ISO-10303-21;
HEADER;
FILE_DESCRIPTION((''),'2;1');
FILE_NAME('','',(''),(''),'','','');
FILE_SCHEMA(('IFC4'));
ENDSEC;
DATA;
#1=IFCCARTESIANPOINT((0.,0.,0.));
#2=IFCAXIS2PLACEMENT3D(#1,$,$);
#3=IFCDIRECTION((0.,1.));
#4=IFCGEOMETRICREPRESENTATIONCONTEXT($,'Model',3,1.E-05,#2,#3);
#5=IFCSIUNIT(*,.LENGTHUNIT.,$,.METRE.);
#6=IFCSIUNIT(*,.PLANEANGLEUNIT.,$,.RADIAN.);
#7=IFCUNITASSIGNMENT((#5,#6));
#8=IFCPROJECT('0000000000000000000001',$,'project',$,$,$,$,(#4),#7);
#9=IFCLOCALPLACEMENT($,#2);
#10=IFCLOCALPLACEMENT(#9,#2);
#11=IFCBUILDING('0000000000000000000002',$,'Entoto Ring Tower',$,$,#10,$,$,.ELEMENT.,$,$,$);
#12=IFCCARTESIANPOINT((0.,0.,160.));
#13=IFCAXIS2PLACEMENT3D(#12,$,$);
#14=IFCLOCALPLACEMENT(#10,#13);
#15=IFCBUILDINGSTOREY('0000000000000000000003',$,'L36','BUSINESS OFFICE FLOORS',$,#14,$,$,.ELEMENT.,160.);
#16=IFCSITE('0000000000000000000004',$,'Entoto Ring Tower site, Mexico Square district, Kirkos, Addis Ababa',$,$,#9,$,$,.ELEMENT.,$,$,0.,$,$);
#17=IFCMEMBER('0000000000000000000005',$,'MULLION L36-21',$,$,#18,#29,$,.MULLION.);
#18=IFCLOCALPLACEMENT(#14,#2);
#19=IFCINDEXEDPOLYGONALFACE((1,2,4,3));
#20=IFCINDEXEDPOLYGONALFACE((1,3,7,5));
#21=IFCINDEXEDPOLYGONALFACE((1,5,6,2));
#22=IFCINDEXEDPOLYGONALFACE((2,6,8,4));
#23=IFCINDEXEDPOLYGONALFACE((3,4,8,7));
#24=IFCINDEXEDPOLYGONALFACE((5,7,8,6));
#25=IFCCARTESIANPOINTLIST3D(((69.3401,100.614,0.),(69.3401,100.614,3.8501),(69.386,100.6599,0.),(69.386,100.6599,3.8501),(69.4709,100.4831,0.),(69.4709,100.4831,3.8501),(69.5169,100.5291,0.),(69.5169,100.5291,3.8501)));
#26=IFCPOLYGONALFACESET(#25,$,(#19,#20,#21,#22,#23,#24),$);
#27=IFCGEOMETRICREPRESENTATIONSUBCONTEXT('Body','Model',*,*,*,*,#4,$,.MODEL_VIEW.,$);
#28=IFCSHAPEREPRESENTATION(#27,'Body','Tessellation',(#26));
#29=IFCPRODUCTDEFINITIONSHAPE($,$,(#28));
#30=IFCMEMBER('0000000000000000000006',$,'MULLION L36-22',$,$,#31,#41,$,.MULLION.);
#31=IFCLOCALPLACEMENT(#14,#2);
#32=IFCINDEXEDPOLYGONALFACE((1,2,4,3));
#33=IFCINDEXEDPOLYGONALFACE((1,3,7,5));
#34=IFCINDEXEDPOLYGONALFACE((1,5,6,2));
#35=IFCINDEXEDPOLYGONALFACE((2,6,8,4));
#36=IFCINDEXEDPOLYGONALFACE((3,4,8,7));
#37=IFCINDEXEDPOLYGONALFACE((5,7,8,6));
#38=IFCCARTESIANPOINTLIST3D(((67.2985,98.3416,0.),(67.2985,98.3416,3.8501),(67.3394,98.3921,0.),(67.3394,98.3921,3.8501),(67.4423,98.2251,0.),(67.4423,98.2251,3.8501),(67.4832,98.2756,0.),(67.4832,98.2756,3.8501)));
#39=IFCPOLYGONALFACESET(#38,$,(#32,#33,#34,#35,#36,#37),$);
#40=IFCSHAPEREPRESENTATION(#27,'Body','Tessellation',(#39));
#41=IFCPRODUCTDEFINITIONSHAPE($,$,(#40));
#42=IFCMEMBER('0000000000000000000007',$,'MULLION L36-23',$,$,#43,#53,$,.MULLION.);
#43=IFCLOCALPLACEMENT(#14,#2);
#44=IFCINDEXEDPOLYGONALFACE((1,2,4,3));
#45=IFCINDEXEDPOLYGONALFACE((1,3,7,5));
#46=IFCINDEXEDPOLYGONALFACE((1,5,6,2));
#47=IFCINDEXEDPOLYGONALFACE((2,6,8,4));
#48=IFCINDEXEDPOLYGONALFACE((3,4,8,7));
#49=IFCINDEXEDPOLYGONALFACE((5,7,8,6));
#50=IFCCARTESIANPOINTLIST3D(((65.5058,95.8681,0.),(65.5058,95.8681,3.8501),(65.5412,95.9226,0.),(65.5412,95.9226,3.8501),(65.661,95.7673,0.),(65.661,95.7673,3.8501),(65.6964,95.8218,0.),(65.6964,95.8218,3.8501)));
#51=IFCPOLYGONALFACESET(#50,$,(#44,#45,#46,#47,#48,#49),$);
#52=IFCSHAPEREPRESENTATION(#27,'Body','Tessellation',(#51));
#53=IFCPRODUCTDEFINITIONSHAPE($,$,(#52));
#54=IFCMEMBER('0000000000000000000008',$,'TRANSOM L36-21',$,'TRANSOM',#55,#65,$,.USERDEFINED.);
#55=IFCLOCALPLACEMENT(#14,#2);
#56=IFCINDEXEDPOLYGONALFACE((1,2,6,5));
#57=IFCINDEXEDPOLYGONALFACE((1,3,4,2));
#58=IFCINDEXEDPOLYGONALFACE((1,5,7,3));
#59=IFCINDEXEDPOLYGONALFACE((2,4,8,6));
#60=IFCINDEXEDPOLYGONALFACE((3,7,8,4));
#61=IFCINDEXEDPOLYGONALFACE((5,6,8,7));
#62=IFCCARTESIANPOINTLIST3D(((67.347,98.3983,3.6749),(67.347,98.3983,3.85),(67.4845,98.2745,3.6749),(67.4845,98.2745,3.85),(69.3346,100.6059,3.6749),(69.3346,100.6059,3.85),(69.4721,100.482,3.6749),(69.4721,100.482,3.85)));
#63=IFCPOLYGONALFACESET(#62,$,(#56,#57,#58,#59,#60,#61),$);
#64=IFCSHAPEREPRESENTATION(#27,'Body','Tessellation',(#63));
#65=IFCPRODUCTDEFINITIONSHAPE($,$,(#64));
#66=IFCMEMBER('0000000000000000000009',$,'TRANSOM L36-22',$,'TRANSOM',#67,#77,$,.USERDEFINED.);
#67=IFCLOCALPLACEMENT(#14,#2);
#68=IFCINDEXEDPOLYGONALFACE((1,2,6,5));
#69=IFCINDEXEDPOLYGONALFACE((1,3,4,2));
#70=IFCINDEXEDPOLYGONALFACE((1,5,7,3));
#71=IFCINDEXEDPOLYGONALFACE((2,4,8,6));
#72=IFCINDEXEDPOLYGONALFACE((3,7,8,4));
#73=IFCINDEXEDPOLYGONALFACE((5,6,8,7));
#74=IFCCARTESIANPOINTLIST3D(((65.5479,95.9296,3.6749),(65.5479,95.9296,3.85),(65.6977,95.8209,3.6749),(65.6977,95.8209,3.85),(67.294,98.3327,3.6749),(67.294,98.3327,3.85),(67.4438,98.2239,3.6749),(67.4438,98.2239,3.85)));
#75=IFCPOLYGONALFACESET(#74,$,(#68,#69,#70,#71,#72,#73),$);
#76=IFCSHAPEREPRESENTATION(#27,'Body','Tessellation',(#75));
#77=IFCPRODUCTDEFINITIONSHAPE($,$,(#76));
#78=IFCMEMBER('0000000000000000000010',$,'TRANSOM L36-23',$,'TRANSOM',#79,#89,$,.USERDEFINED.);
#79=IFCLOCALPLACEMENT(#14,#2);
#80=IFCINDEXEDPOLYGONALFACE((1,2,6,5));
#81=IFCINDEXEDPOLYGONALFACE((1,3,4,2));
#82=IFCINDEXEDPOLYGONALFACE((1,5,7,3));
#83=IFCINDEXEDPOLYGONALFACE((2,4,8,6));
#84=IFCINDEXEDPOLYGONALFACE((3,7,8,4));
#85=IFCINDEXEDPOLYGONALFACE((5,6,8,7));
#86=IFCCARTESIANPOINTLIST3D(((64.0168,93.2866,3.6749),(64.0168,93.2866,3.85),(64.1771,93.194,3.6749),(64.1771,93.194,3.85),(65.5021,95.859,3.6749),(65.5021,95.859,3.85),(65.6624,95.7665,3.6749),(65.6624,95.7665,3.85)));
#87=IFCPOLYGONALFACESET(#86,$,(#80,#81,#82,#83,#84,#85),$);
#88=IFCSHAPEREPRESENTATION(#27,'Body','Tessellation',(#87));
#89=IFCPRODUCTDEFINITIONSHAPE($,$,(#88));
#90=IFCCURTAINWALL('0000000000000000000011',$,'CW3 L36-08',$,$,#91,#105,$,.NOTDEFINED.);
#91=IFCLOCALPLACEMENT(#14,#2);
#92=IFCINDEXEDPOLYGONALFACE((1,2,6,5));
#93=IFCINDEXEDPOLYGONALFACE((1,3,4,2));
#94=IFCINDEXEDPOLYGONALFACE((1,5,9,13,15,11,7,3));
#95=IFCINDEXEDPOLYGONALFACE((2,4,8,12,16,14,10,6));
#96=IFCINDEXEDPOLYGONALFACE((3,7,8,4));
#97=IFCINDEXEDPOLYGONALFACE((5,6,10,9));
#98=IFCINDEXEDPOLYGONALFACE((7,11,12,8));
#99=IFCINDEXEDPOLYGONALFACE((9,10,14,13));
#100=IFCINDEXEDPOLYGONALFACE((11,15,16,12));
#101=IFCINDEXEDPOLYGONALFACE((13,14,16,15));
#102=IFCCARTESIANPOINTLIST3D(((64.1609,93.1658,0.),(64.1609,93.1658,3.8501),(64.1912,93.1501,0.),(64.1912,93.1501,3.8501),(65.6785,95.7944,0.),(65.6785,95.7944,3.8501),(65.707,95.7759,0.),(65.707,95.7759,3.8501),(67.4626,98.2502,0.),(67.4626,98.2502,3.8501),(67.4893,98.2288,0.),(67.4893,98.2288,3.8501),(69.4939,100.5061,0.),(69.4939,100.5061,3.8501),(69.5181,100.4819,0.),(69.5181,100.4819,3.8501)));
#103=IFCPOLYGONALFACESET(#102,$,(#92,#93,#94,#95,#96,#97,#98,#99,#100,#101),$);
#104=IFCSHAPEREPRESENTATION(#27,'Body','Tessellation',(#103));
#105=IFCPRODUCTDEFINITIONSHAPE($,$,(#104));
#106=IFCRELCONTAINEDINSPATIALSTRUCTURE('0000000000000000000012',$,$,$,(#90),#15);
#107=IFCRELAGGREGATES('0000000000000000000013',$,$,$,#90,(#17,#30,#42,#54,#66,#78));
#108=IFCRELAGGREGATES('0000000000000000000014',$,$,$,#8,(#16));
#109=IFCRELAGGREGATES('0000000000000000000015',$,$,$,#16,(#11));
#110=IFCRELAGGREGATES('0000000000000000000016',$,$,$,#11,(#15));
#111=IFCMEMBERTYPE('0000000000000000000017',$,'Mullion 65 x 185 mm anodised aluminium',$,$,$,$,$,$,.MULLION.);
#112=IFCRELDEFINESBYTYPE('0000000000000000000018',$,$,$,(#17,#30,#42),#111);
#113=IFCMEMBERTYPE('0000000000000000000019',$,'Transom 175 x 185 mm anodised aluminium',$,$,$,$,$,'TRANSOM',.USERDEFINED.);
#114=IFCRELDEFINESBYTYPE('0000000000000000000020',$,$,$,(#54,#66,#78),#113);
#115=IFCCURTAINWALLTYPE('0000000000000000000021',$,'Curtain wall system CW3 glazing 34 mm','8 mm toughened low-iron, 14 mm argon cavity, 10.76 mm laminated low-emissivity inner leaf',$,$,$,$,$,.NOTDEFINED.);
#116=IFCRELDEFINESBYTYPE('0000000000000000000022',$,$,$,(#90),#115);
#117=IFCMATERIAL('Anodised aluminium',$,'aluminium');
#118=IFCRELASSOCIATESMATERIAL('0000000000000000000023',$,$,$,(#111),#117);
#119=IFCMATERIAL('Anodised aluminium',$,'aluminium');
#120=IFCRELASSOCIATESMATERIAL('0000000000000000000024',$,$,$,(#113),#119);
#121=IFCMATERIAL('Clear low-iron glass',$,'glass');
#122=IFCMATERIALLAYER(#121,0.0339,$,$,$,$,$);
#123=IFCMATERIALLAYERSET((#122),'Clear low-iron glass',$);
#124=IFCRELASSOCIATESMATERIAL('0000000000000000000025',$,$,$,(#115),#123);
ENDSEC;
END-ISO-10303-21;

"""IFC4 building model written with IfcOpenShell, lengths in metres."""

from ifc_helpers import new_model, si_unit, direction, frame, origin, origin_2d, place, context, subcontext, project, spatial, polyline, rectangle, outline, extrude, material, layer, layer_set, material_profile, profile_set, type_object, element, aggregate, save


model = new_model("IFC4")

# Units and contexts
model_context = context("Model", 3, precision=1e-05, world=origin(), true_north=direction((0.0, 1.0)))
body_context = subcontext(model_context, "Body", "Model", "MODEL_VIEW")
ifc_project = project(units=[si_unit("LENGTHUNIT", "METRE"), si_unit("PLANEANGLEUNIT", "RADIAN")], contexts=[model_context])

# Members
ifc_material_1 = material(Name="Anodised aluminium", Category="aluminium")
ifc_material_profile_1 = material_profile(ifc_material_1, rectangle(XDim=0.0649, YDim=0.1851, at=origin_2d()), Name="Mullion 65 x 185 mm anodised aluminium")
ifc_profile_set_1 = profile_set([ifc_material_profile_1], Name="Anodised aluminium")
member_type_1 = type_object("IfcMemberType", Name="Mullion 65 x 185 mm anodised aluminium", PredefinedType="MULLION", material=ifc_profile_set_1)
site_placement = place(None, origin())
building_placement = place(site_placement, origin())
storey_placement = place(building_placement, frame((0.0, 0.0, 160.0)))
member_1_placement = place(storey_placement, frame((69.4285, 100.5715, 0.0), z_axis=(0.0, 0.0, 1.0), x_axis=(-0.707107, -0.707107, 0.0)))
member_1 = element("IfcMember", 1, at=member_1_placement, type_object=member_type_1, Name="MULLION L36-21", PredefinedType="MULLION", context=body_context, shape_type="SweptSolid", body=[
    extrude(rectangle(XDim=0.0649, YDim=0.1851, at=origin_2d()), origin(), (0.0, 0.0, 1.0), 3.8501),
])
member_2_placement = place(storey_placement, frame((67.3909, 98.3086, 0.0), z_axis=(0.0, 0.0, 1.0), x_axis=(-0.62932, -0.777146, 0.0)))
member_2 = element("IfcMember", 2, at=member_2_placement, type_object=member_type_1, Name="MULLION L36-22", PredefinedType="MULLION", context=body_context, shape_type="SweptSolid", body=[
    extrude(rectangle(XDim=0.0649, YDim=0.1851, at=origin_2d()), origin(), (0.0, 0.0, 1.0), 3.8501),
])
member_3_placement = place(storey_placement, frame((65.6011, 95.845, 0.0), z_axis=(0.0, 0.0, 1.0), x_axis=(-0.544639, -0.838671, 0.0)))
member_3 = element("IfcMember", 3, at=member_3_placement, type_object=member_type_1, Name="MULLION L36-23", PredefinedType="MULLION", context=body_context, shape_type="SweptSolid", body=[
    extrude(rectangle(XDim=0.0649, YDim=0.1851, at=origin_2d()), origin(), (0.0, 0.0, 1.0), 3.8501),
])
ifc_material_2 = material(Name="Anodised aluminium", Category="aluminium")
ifc_material_profile_2 = material_profile(ifc_material_2, rectangle(XDim=0.1851, YDim=0.175, at=origin_2d()), Name="Transom 175 x 185 mm anodised aluminium")
ifc_profile_set_2 = profile_set([ifc_material_profile_2], Name="Anodised aluminium")
member_type_2 = type_object("IfcMemberType", Name="Transom 175 x 185 mm anodised aluminium", ElementType="TRANSOM", PredefinedType="USERDEFINED", material=ifc_profile_set_2)
member_4_placement = place(storey_placement, frame((69.4033, 100.5439, 3.7625), z_axis=(-0.66911, -0.743163, 0.0), x_axis=(0.743163, -0.66911, 0.0)))
member_4 = element("IfcMember", 4, at=member_4_placement, type_object=member_type_2, Name="TRANSOM L36-21", ObjectType="TRANSOM", PredefinedType="USERDEFINED", context=body_context, shape_type="SweptSolid", body=[
    extrude(rectangle(XDim=0.1851, YDim=0.175, at=origin_2d()), origin(), (0.0, 0.0, 1.0), 2.9705),
])
member_5_placement = place(storey_placement, frame((67.3689, 98.2783, 3.7625), z_axis=(-0.58782, -0.808992, 0.0), x_axis=(0.808992, -0.58782, 0.0)))
member_5 = element("IfcMember", 5, at=member_5_placement, type_object=member_type_2, Name="TRANSOM L36-22", ObjectType="TRANSOM", PredefinedType="USERDEFINED", context=body_context, shape_type="SweptSolid", body=[
    extrude(rectangle(XDim=0.1851, YDim=0.175, at=origin_2d()), origin(), (0.0, 0.0, 1.0), 2.9705),
])
member_6_placement = place(storey_placement, frame((65.5823, 95.8127, 3.7625), z_axis=(-0.500028, -0.866009, 0.0), x_axis=(0.866009, -0.500028, 0.0)))
member_6 = element("IfcMember", 6, at=member_6_placement, type_object=member_type_2, Name="TRANSOM L36-23", ObjectType="TRANSOM", PredefinedType="USERDEFINED", context=body_context, shape_type="SweptSolid", body=[
    extrude(rectangle(XDim=0.1851, YDim=0.175, at=origin_2d()), origin(), (0.0, 0.0, 1.0), 2.9705),
])

# Site, building, storey
site = spatial("IfcSite", under=ifc_project, at=site_placement, Name="Entoto Ring Tower site, Mexico Square district, Kirkos, Addis Ababa", CompositionType="ELEMENT", RefElevation=0.0)
building = spatial("IfcBuilding", under=site, at=building_placement, Name="Entoto Ring Tower", CompositionType="ELEMENT")
storey = spatial("IfcBuildingStorey", under=building, at=storey_placement, Name="L36", Description="BUSINESS OFFICE FLOORS", CompositionType="ELEMENT", Elevation=160.0)

# Curtain wall
ifc_material_3 = material(Name="Clear low-iron glass", Category="glass")
ifc_layer = layer(ifc_material_3, 0.0339)
ifc_layer_set = layer_set([ifc_layer], Name="Clear low-iron glass")
curtain_wall_type = type_object("IfcCurtainWallType", Name="Curtain wall system CW3 glazing 34 mm", Description="8 mm toughened low-iron, 14 mm argon cavity, 10.76 mm laminated low-emissivity inner leaf", PredefinedType="NOTDEFINED", material=ifc_layer_set)
curtain_wall_1_placement = place(storey_placement, origin())
curtain_wall_1 = element("IfcCurtainWall", 7, at=curtain_wall_1_placement, inside=storey, type_object=curtain_wall_type, Name="CW3 L36-08", PredefinedType="NOTDEFINED", context=body_context, shape_type="SweptSolid", body=[
    extrude(outline(polyline([(69.4939, 100.5061), (67.4626, 98.2502), (65.6785, 95.7944), (64.1609, 93.1658), (64.1912, 93.1501), (65.707, 95.7759), (67.4893, 98.2288), (69.5181, 100.4819), (69.4939, 100.5061)])), origin(), (0.0, 0.0, 1.0), 3.8501),
])
aggregate(curtain_wall_1, [member_1, member_2, member_3, member_4, member_5, member_6])

save(model, "model.ifc")
